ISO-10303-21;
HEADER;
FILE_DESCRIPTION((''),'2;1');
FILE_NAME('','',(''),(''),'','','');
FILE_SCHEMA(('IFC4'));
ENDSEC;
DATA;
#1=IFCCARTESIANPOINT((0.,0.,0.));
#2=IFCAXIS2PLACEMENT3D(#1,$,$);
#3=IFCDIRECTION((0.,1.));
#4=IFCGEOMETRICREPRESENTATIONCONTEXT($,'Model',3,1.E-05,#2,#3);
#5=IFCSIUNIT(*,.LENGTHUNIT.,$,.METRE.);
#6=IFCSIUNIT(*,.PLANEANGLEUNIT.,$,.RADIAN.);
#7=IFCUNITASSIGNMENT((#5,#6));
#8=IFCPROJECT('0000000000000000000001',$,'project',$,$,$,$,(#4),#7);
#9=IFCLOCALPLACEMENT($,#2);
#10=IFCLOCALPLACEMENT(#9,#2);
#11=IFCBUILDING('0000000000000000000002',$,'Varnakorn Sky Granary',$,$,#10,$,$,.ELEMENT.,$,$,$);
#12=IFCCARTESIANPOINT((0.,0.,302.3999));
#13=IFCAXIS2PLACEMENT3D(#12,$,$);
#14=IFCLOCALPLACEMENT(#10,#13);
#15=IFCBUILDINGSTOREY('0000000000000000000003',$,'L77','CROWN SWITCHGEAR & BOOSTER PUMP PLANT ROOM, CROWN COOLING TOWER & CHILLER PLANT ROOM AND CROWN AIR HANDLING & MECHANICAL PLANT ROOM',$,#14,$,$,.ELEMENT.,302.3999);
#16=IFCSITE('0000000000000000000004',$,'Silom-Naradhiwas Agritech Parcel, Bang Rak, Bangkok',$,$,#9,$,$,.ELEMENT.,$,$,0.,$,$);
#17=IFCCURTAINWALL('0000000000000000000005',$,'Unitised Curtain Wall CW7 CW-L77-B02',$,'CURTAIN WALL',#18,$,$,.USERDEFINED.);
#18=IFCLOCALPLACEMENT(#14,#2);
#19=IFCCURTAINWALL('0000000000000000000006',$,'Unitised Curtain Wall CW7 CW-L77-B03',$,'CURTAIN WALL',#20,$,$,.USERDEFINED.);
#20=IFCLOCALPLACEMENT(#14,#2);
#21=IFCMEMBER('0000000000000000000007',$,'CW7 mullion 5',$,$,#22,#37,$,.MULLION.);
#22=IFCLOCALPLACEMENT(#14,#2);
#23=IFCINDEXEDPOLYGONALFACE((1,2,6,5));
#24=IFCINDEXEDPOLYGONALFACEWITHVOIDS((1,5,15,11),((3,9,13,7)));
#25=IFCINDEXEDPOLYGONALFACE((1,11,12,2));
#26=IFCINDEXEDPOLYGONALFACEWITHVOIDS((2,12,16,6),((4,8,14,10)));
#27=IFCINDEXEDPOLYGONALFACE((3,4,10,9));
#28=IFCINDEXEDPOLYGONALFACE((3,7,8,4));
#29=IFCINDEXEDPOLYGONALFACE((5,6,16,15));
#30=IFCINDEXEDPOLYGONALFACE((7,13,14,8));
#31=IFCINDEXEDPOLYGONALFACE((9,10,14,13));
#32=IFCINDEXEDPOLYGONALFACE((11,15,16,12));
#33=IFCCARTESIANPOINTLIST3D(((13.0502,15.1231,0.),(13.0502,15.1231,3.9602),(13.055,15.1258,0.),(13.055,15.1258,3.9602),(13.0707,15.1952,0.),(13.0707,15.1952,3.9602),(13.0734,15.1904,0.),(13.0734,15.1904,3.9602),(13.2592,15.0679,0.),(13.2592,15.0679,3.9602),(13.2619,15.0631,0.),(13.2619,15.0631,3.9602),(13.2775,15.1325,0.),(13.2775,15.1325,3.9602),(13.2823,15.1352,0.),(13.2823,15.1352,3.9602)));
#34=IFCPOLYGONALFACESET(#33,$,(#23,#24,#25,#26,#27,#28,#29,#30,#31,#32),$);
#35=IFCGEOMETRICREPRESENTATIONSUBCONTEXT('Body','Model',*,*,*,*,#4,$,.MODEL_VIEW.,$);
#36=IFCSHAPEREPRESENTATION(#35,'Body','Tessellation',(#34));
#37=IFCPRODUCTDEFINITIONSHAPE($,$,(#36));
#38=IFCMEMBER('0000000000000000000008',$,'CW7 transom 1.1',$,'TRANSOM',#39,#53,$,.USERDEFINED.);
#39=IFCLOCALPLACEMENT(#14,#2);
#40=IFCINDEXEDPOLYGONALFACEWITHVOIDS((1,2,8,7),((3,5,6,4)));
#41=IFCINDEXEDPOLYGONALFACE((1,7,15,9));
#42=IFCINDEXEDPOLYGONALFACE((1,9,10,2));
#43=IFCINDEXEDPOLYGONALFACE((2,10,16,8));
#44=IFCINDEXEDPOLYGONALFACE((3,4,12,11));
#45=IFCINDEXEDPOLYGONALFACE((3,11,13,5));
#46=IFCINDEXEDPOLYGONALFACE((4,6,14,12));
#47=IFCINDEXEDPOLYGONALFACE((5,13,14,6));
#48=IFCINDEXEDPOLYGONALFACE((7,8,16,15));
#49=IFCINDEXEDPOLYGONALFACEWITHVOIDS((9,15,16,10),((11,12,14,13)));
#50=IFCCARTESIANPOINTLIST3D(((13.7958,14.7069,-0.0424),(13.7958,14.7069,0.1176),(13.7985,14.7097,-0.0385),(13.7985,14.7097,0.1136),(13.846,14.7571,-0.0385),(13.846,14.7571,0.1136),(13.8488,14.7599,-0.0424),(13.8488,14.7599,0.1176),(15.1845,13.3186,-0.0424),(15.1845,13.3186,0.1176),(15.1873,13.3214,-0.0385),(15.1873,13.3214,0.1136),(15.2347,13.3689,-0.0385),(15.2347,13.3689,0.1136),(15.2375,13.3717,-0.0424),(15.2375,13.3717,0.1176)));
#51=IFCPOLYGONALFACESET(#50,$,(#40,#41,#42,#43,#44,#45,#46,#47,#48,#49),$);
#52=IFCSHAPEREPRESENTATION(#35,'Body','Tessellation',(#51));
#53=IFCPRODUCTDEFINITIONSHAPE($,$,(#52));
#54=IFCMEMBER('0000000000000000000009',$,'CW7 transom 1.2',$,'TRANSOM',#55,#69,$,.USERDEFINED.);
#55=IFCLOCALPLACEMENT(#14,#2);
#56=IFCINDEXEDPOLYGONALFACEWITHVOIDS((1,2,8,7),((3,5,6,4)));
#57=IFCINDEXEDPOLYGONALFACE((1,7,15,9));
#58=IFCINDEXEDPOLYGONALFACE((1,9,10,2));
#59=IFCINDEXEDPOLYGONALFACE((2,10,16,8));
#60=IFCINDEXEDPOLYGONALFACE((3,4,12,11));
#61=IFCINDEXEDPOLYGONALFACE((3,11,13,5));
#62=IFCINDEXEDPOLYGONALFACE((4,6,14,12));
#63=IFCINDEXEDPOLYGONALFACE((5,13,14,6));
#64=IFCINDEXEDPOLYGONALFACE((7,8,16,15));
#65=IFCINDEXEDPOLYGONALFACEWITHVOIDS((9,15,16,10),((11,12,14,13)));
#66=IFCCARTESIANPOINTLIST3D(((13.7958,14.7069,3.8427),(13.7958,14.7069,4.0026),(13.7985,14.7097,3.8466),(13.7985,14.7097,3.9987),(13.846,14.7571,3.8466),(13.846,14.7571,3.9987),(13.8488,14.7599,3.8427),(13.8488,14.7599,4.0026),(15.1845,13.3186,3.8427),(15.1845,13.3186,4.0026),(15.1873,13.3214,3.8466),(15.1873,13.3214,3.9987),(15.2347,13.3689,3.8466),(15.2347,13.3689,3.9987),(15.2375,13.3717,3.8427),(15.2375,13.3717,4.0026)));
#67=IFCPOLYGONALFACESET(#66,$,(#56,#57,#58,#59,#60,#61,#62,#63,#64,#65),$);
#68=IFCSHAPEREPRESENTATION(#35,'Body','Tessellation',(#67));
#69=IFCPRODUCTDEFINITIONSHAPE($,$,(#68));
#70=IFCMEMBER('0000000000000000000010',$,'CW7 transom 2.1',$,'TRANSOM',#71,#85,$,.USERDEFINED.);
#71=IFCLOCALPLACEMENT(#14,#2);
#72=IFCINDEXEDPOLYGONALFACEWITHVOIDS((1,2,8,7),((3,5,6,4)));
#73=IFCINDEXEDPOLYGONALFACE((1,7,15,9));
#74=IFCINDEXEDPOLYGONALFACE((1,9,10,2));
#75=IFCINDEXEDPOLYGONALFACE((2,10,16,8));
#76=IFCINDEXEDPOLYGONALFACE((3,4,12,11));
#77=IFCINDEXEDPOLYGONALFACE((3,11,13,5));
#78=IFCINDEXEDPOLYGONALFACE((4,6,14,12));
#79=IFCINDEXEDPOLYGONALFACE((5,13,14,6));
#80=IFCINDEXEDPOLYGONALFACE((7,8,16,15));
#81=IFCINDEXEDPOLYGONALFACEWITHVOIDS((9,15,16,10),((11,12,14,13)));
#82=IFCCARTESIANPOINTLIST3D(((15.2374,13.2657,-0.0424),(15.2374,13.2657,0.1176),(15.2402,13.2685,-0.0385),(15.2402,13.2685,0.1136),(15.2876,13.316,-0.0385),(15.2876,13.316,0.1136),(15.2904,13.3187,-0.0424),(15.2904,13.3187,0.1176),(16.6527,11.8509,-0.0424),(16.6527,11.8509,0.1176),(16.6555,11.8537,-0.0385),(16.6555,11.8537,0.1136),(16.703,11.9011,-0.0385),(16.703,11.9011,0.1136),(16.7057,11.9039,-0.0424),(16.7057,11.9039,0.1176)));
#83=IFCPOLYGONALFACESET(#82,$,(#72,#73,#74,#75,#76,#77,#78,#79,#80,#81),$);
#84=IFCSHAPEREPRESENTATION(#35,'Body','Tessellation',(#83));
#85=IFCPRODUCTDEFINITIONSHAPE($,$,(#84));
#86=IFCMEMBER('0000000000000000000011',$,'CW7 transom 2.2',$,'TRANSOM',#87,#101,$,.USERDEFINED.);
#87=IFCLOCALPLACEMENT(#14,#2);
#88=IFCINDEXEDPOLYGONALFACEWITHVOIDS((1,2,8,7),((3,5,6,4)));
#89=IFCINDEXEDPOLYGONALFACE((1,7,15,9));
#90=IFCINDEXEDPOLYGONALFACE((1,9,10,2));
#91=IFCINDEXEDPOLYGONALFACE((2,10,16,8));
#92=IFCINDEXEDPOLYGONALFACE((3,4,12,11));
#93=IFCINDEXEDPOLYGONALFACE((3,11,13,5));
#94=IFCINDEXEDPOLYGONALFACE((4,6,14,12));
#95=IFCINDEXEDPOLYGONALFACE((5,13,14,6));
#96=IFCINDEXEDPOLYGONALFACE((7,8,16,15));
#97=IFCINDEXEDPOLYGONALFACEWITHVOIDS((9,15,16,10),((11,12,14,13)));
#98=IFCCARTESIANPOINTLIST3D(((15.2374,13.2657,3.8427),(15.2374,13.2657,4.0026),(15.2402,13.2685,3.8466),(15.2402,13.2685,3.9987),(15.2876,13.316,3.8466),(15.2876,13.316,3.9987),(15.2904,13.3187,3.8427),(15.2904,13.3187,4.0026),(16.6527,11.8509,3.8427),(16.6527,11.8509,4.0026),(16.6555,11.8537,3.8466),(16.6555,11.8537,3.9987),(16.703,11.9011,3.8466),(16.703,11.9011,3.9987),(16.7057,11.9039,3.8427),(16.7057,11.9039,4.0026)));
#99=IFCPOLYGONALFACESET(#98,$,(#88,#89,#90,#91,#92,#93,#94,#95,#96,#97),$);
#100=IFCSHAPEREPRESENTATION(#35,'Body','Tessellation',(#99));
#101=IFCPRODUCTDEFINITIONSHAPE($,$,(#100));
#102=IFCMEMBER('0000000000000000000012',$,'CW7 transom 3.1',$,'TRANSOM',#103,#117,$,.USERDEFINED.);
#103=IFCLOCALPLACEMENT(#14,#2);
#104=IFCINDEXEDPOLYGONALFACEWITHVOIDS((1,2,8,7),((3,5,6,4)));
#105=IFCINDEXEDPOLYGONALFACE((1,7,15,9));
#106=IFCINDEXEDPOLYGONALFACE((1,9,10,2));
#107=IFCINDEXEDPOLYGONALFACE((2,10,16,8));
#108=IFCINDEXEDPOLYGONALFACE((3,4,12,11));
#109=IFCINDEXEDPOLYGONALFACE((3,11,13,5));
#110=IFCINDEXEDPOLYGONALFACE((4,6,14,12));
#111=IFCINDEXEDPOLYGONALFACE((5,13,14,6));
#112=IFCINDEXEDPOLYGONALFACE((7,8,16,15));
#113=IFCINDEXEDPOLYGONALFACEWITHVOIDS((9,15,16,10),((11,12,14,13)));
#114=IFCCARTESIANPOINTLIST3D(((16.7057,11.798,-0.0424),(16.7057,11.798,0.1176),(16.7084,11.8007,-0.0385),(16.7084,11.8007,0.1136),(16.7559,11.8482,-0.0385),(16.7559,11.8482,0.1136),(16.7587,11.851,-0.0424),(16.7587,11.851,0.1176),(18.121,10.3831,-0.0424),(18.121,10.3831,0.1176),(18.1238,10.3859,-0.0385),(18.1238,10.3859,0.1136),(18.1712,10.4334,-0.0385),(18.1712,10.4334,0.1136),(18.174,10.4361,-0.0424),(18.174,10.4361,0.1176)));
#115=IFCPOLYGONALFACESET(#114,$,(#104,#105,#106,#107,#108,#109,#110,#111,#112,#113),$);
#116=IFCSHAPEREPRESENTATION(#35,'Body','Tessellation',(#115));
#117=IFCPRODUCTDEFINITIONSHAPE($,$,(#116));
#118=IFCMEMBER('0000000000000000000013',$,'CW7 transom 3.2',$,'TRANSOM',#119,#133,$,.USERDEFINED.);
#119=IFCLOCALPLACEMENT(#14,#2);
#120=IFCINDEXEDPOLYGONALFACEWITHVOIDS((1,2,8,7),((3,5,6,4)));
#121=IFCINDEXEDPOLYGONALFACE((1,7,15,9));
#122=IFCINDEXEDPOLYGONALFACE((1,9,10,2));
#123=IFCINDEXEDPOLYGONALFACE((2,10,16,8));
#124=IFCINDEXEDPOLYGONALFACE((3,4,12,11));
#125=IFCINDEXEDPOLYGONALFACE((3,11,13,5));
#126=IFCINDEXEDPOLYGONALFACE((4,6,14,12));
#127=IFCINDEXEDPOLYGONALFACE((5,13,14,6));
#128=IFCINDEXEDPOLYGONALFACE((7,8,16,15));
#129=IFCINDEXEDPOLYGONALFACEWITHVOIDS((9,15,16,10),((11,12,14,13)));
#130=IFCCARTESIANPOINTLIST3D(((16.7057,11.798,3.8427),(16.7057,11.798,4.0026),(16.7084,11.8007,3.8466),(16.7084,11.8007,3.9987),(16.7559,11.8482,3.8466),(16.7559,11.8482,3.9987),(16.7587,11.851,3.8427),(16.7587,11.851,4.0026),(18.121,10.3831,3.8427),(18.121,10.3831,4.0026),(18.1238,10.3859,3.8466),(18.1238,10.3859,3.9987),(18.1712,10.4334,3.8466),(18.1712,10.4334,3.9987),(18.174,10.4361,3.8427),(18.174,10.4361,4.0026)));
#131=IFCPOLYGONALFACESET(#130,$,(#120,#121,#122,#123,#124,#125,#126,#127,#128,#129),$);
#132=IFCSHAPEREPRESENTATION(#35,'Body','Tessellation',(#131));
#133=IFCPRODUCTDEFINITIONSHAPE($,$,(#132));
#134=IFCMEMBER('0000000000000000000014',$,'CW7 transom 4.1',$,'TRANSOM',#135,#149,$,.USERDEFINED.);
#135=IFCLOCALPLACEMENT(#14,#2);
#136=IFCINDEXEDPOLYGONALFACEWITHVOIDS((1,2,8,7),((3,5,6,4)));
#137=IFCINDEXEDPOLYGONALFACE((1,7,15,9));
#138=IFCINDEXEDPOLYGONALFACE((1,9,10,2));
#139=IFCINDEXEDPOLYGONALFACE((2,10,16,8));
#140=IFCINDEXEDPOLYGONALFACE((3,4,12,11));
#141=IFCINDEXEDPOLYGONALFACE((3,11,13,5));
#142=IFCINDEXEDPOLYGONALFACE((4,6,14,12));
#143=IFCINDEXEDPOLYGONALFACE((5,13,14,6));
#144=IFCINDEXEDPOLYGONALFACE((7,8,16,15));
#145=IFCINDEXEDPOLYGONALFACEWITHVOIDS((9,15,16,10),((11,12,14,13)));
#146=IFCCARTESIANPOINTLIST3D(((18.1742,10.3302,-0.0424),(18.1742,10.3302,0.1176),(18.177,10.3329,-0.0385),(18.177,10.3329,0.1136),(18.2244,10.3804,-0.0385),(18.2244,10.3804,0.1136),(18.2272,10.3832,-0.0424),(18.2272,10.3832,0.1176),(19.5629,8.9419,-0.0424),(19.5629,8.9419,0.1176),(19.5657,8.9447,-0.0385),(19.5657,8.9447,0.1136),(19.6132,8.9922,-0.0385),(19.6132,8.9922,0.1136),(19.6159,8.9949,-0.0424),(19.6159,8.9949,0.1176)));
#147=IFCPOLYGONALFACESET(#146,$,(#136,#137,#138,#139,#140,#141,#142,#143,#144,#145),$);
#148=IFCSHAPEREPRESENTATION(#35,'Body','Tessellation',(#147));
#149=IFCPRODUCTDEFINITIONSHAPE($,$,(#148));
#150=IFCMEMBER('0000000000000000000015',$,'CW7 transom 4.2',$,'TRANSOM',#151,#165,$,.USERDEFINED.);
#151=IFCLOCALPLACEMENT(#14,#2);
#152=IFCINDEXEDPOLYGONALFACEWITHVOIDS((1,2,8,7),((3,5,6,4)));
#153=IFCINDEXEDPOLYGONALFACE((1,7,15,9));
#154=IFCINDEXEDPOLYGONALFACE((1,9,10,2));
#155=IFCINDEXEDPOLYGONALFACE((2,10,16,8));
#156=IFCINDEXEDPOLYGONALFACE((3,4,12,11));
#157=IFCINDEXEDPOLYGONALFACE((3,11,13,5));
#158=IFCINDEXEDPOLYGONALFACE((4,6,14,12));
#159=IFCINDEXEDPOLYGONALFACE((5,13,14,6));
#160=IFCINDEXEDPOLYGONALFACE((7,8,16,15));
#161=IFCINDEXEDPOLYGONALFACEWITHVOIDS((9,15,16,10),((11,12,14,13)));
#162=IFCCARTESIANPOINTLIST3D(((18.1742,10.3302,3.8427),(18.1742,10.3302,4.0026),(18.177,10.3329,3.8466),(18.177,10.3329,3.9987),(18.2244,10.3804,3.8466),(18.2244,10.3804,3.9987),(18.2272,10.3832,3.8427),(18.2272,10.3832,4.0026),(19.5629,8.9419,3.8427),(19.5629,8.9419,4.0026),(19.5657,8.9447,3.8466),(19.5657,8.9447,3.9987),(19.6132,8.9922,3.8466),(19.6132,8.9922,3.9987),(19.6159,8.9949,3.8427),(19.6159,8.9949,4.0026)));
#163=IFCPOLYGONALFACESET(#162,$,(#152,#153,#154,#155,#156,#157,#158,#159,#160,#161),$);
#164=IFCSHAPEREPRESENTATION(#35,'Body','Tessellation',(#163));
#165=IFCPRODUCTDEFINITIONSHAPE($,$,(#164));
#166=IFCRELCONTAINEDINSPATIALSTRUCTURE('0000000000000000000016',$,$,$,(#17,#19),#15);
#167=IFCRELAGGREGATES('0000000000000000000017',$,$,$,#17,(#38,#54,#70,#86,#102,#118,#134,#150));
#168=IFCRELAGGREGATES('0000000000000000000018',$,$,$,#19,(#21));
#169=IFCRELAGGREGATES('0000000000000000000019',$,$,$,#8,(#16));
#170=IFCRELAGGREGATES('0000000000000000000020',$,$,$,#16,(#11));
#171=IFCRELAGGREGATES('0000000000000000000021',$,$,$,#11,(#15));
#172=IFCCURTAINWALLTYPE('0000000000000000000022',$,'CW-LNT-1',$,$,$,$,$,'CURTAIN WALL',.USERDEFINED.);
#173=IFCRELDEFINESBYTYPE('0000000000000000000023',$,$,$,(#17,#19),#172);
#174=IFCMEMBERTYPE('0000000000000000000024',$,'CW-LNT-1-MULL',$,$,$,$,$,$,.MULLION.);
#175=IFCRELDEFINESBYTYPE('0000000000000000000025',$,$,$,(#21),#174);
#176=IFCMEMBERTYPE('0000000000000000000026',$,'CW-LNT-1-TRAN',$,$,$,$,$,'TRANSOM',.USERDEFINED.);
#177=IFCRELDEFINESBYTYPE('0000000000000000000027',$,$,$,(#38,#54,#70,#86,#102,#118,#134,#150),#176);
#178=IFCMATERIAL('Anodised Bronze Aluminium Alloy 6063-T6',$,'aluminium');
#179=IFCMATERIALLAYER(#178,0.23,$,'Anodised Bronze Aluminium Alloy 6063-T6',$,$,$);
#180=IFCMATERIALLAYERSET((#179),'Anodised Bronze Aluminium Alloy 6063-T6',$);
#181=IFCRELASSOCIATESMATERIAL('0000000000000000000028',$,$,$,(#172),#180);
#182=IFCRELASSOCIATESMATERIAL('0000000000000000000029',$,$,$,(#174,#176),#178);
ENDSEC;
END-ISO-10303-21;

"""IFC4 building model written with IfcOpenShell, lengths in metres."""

from ifc_helpers import new_model, si_unit, direction, frame, origin, origin_2d, place, context, subcontext, project, spatial, hollow_rectangle, extrude, material, layer, layer_set, material_profile, profile_set, type_object, element, aggregate, save


model = new_model("IFC4")

# Units and contexts
model_context = context("Model", 3, precision=1e-05, world=origin(), true_north=direction((0.0, 1.0)))
body_context = subcontext(model_context, "Body", "Model", "MODEL_VIEW")
ifc_project = project(units=[si_unit("LENGTHUNIT", "METRE"), si_unit("PLANEANGLEUNIT", "RADIAN")], contexts=[model_context])

# Site, building, storey
site_placement = place(None, origin())
site = spatial("IfcSite", under=ifc_project, at=site_placement, Name="Silom-Naradhiwas Agritech Parcel, Bang Rak, Bangkok", CompositionType="ELEMENT", RefElevation=0.0)
building_placement = place(site_placement, origin())
building = spatial("IfcBuilding", under=site, at=building_placement, Name="Varnakorn Sky Granary", CompositionType="ELEMENT")
storey_placement = place(building_placement, frame((0.0, 0.0, 302.3999)))
storey = spatial("IfcBuildingStorey", under=building, at=storey_placement, Name="L77", Description="CROWN SWITCHGEAR & BOOSTER PUMP PLANT ROOM, CROWN COOLING TOWER & CHILLER PLANT ROOM AND CROWN AIR HANDLING & MECHANICAL PLANT ROOM", CompositionType="ELEMENT", Elevation=302.3999)

# Curtain wall
ifc_material_1 = material(Name="Anodised Bronze Aluminium Alloy 6063-T6", Category="aluminium")
ifc_layer_1 = layer(ifc_material_1, 0.23, Name="Anodised Bronze Aluminium Alloy 6063-T6")
ifc_layer_set_1 = layer_set([ifc_layer_1], Name="Anodised Bronze Aluminium Alloy 6063-T6")
curtain_wall_type = type_object("IfcCurtainWallType", Name="CW-LNT-1", ElementType="CURTAIN WALL", PredefinedType="USERDEFINED", material=ifc_layer_set_1)
curtain_wall_1_placement = place(storey_placement, origin())
curtain_wall_1 = element("IfcCurtainWall", 1, at=curtain_wall_1_placement, inside=storey, type_object=curtain_wall_type, Name="Unitised Curtain Wall CW7 CW-L77-B02", ObjectType="CURTAIN WALL", PredefinedType="USERDEFINED")
ifc_material_profile_1 = material_profile(ifc_material_1, hollow_rectangle(XDim=0.075, YDim=0.22, WallThickness=0.0039, at=origin_2d()), Name="ALU MULL 75x220")
ifc_profile_set_1 = profile_set([ifc_material_profile_1], Name="Anodised Bronze Aluminium Alloy 6063-T6")
member_type_1 = type_object("IfcMemberType", Name="CW-LNT-1-MULL", PredefinedType="MULLION", material=ifc_profile_set_1)

# Curtain wall, member
curtain_wall_2_placement = place(storey_placement, origin())
curtain_wall_2 = element("IfcCurtainWall", 2, at=curtain_wall_2_placement, inside=storey, type_object=curtain_wall_type, Name="Unitised Curtain Wall CW7 CW-L77-B03", ObjectType="CURTAIN WALL", PredefinedType="USERDEFINED")
member_1_placement = place(storey_placement, frame((13.1663, 15.1292, 0.0), z_axis=(0.0, 0.0, 1.0), x_axis=(0.27265, 0.962113, 0.0)))
member_1 = element("IfcMember", 3, at=member_1_placement, type_object=member_type_1, Name="CW7 mullion 5", PredefinedType="MULLION", context=body_context, shape_type="SweptSolid", body=[
    extrude(hollow_rectangle(XDim=0.075, YDim=0.22, WallThickness=0.0039, at=origin_2d()), origin(), (0.0, 0.0, 1.0), 3.9602),
])

# Members
ifc_material_profile_2 = material_profile(ifc_material_1, hollow_rectangle(XDim=0.075, YDim=0.1599, WallThickness=0.0039, at=origin_2d()), Name="ALU TRAN 75x160")
ifc_profile_set_2 = profile_set([ifc_material_profile_2], Name="Anodised Bronze Aluminium Alloy 6063-T6")
member_type_2 = type_object("IfcMemberType", Name="CW-LNT-1-TRAN", ElementType="TRANSOM", PredefinedType="USERDEFINED", material=ifc_profile_set_2)
member_2_placement = place(storey_placement, frame((13.8223, 14.7334, 0.0376), z_axis=(0.707231, -0.706982, 0.0), x_axis=(0.706982, 0.707231, 0.0)))
member_2 = element("IfcMember", 4, at=member_2_placement, type_object=member_type_2, Name="CW7 transom 1.1", ObjectType="TRANSOM", PredefinedType="USERDEFINED", context=body_context, shape_type="SweptSolid", body=[
    extrude(hollow_rectangle(XDim=0.075, YDim=0.1599, WallThickness=0.0039, at=origin_2d()), origin(), (0.0, 0.0, 1.0), 1.9636),
])
member_3_placement = place(storey_placement, frame((13.8223, 14.7334, 3.9226), z_axis=(0.707231, -0.706982, 0.0), x_axis=(0.706982, 0.707231, 0.0)))
member_3 = element("IfcMember", 5, at=member_3_placement, type_object=member_type_2, Name="CW7 transom 1.2", ObjectType="TRANSOM", PredefinedType="USERDEFINED", context=body_context, shape_type="SweptSolid", body=[
    extrude(hollow_rectangle(XDim=0.075, YDim=0.1599, WallThickness=0.0039, at=origin_2d()), origin(), (0.0, 0.0, 1.0), 1.9636),
])
member_4_placement = place(storey_placement, frame((15.2639, 13.2922, 0.0376), z_axis=(0.707229, -0.706985, 0.0), x_axis=(0.706985, 0.707229, 0.0)))
member_4 = element("IfcMember", 6, at=member_4_placement, type_object=member_type_2, Name="CW7 transom 2.1", ObjectType="TRANSOM", PredefinedType="USERDEFINED", context=body_context, shape_type="SweptSolid", body=[
    extrude(hollow_rectangle(XDim=0.075, YDim=0.1599, WallThickness=0.0039, at=origin_2d()), origin(), (0.0, 0.0, 1.0), 2.0012),
])
member_5_placement = place(storey_placement, frame((15.2639, 13.2922, 3.9226), z_axis=(0.707229, -0.706985, 0.0), x_axis=(0.706985, 0.707229, 0.0)))
member_5 = element("IfcMember", 7, at=member_5_placement, type_object=member_type_2, Name="CW7 transom 2.2", ObjectType="TRANSOM", PredefinedType="USERDEFINED", context=body_context, shape_type="SweptSolid", body=[
    extrude(hollow_rectangle(XDim=0.075, YDim=0.1599, WallThickness=0.0039, at=origin_2d()), origin(), (0.0, 0.0, 1.0), 2.0012),
])
member_6_placement = place(storey_placement, frame((16.7322, 11.8245, 0.0376), z_axis=(0.707229, -0.706985, 0.0), x_axis=(0.706985, 0.707229, 0.0)))
member_6 = element("IfcMember", 8, at=member_6_placement, type_object=member_type_2, Name="CW7 transom 3.1", ObjectType="TRANSOM", PredefinedType="USERDEFINED", context=body_context, shape_type="SweptSolid", body=[
    extrude(hollow_rectangle(XDim=0.075, YDim=0.1599, WallThickness=0.0039, at=origin_2d()), origin(), (0.0, 0.0, 1.0), 2.0012),
])
member_7_placement = place(storey_placement, frame((16.7322, 11.8245, 3.9226), z_axis=(0.707229, -0.706985, 0.0), x_axis=(0.706985, 0.707229, 0.0)))
member_7 = element("IfcMember", 9, at=member_7_placement, type_object=member_type_2, Name="CW7 transom 3.2", ObjectType="TRANSOM", PredefinedType="USERDEFINED", context=body_context, shape_type="SweptSolid", body=[
    extrude(hollow_rectangle(XDim=0.075, YDim=0.1599, WallThickness=0.0039, at=origin_2d()), origin(), (0.0, 0.0, 1.0), 2.0012),
])
member_8_placement = place(storey_placement, frame((18.2007, 10.3567, 0.0376), z_axis=(0.707231, -0.706982, 0.0), x_axis=(0.706982, 0.707231, 0.0)))
member_8 = element("IfcMember", 10, at=member_8_placement, type_object=member_type_2, Name="CW7 transom 4.1", ObjectType="TRANSOM", PredefinedType="USERDEFINED", context=body_context, shape_type="SweptSolid", body=[
    extrude(hollow_rectangle(XDim=0.075, YDim=0.1599, WallThickness=0.0039, at=origin_2d()), origin(), (0.0, 0.0, 1.0), 1.9636),
])
member_9_placement = place(storey_placement, frame((18.2007, 10.3567, 3.9226), z_axis=(0.707231, -0.706982, 0.0), x_axis=(0.706982, 0.707231, 0.0)))
member_9 = element("IfcMember", 11, at=member_9_placement, type_object=member_type_2, Name="CW7 transom 4.2", ObjectType="TRANSOM", PredefinedType="USERDEFINED", context=body_context, shape_type="SweptSolid", body=[
    extrude(hollow_rectangle(XDim=0.075, YDim=0.1599, WallThickness=0.0039, at=origin_2d()), origin(), (0.0, 0.0, 1.0), 1.9636),
])

aggregate(curtain_wall_1, [member_2, member_3, member_4, member_5, member_6, member_7, member_8, member_9])
aggregate(curtain_wall_2, [member_1])

save(model, "model.ifc")
